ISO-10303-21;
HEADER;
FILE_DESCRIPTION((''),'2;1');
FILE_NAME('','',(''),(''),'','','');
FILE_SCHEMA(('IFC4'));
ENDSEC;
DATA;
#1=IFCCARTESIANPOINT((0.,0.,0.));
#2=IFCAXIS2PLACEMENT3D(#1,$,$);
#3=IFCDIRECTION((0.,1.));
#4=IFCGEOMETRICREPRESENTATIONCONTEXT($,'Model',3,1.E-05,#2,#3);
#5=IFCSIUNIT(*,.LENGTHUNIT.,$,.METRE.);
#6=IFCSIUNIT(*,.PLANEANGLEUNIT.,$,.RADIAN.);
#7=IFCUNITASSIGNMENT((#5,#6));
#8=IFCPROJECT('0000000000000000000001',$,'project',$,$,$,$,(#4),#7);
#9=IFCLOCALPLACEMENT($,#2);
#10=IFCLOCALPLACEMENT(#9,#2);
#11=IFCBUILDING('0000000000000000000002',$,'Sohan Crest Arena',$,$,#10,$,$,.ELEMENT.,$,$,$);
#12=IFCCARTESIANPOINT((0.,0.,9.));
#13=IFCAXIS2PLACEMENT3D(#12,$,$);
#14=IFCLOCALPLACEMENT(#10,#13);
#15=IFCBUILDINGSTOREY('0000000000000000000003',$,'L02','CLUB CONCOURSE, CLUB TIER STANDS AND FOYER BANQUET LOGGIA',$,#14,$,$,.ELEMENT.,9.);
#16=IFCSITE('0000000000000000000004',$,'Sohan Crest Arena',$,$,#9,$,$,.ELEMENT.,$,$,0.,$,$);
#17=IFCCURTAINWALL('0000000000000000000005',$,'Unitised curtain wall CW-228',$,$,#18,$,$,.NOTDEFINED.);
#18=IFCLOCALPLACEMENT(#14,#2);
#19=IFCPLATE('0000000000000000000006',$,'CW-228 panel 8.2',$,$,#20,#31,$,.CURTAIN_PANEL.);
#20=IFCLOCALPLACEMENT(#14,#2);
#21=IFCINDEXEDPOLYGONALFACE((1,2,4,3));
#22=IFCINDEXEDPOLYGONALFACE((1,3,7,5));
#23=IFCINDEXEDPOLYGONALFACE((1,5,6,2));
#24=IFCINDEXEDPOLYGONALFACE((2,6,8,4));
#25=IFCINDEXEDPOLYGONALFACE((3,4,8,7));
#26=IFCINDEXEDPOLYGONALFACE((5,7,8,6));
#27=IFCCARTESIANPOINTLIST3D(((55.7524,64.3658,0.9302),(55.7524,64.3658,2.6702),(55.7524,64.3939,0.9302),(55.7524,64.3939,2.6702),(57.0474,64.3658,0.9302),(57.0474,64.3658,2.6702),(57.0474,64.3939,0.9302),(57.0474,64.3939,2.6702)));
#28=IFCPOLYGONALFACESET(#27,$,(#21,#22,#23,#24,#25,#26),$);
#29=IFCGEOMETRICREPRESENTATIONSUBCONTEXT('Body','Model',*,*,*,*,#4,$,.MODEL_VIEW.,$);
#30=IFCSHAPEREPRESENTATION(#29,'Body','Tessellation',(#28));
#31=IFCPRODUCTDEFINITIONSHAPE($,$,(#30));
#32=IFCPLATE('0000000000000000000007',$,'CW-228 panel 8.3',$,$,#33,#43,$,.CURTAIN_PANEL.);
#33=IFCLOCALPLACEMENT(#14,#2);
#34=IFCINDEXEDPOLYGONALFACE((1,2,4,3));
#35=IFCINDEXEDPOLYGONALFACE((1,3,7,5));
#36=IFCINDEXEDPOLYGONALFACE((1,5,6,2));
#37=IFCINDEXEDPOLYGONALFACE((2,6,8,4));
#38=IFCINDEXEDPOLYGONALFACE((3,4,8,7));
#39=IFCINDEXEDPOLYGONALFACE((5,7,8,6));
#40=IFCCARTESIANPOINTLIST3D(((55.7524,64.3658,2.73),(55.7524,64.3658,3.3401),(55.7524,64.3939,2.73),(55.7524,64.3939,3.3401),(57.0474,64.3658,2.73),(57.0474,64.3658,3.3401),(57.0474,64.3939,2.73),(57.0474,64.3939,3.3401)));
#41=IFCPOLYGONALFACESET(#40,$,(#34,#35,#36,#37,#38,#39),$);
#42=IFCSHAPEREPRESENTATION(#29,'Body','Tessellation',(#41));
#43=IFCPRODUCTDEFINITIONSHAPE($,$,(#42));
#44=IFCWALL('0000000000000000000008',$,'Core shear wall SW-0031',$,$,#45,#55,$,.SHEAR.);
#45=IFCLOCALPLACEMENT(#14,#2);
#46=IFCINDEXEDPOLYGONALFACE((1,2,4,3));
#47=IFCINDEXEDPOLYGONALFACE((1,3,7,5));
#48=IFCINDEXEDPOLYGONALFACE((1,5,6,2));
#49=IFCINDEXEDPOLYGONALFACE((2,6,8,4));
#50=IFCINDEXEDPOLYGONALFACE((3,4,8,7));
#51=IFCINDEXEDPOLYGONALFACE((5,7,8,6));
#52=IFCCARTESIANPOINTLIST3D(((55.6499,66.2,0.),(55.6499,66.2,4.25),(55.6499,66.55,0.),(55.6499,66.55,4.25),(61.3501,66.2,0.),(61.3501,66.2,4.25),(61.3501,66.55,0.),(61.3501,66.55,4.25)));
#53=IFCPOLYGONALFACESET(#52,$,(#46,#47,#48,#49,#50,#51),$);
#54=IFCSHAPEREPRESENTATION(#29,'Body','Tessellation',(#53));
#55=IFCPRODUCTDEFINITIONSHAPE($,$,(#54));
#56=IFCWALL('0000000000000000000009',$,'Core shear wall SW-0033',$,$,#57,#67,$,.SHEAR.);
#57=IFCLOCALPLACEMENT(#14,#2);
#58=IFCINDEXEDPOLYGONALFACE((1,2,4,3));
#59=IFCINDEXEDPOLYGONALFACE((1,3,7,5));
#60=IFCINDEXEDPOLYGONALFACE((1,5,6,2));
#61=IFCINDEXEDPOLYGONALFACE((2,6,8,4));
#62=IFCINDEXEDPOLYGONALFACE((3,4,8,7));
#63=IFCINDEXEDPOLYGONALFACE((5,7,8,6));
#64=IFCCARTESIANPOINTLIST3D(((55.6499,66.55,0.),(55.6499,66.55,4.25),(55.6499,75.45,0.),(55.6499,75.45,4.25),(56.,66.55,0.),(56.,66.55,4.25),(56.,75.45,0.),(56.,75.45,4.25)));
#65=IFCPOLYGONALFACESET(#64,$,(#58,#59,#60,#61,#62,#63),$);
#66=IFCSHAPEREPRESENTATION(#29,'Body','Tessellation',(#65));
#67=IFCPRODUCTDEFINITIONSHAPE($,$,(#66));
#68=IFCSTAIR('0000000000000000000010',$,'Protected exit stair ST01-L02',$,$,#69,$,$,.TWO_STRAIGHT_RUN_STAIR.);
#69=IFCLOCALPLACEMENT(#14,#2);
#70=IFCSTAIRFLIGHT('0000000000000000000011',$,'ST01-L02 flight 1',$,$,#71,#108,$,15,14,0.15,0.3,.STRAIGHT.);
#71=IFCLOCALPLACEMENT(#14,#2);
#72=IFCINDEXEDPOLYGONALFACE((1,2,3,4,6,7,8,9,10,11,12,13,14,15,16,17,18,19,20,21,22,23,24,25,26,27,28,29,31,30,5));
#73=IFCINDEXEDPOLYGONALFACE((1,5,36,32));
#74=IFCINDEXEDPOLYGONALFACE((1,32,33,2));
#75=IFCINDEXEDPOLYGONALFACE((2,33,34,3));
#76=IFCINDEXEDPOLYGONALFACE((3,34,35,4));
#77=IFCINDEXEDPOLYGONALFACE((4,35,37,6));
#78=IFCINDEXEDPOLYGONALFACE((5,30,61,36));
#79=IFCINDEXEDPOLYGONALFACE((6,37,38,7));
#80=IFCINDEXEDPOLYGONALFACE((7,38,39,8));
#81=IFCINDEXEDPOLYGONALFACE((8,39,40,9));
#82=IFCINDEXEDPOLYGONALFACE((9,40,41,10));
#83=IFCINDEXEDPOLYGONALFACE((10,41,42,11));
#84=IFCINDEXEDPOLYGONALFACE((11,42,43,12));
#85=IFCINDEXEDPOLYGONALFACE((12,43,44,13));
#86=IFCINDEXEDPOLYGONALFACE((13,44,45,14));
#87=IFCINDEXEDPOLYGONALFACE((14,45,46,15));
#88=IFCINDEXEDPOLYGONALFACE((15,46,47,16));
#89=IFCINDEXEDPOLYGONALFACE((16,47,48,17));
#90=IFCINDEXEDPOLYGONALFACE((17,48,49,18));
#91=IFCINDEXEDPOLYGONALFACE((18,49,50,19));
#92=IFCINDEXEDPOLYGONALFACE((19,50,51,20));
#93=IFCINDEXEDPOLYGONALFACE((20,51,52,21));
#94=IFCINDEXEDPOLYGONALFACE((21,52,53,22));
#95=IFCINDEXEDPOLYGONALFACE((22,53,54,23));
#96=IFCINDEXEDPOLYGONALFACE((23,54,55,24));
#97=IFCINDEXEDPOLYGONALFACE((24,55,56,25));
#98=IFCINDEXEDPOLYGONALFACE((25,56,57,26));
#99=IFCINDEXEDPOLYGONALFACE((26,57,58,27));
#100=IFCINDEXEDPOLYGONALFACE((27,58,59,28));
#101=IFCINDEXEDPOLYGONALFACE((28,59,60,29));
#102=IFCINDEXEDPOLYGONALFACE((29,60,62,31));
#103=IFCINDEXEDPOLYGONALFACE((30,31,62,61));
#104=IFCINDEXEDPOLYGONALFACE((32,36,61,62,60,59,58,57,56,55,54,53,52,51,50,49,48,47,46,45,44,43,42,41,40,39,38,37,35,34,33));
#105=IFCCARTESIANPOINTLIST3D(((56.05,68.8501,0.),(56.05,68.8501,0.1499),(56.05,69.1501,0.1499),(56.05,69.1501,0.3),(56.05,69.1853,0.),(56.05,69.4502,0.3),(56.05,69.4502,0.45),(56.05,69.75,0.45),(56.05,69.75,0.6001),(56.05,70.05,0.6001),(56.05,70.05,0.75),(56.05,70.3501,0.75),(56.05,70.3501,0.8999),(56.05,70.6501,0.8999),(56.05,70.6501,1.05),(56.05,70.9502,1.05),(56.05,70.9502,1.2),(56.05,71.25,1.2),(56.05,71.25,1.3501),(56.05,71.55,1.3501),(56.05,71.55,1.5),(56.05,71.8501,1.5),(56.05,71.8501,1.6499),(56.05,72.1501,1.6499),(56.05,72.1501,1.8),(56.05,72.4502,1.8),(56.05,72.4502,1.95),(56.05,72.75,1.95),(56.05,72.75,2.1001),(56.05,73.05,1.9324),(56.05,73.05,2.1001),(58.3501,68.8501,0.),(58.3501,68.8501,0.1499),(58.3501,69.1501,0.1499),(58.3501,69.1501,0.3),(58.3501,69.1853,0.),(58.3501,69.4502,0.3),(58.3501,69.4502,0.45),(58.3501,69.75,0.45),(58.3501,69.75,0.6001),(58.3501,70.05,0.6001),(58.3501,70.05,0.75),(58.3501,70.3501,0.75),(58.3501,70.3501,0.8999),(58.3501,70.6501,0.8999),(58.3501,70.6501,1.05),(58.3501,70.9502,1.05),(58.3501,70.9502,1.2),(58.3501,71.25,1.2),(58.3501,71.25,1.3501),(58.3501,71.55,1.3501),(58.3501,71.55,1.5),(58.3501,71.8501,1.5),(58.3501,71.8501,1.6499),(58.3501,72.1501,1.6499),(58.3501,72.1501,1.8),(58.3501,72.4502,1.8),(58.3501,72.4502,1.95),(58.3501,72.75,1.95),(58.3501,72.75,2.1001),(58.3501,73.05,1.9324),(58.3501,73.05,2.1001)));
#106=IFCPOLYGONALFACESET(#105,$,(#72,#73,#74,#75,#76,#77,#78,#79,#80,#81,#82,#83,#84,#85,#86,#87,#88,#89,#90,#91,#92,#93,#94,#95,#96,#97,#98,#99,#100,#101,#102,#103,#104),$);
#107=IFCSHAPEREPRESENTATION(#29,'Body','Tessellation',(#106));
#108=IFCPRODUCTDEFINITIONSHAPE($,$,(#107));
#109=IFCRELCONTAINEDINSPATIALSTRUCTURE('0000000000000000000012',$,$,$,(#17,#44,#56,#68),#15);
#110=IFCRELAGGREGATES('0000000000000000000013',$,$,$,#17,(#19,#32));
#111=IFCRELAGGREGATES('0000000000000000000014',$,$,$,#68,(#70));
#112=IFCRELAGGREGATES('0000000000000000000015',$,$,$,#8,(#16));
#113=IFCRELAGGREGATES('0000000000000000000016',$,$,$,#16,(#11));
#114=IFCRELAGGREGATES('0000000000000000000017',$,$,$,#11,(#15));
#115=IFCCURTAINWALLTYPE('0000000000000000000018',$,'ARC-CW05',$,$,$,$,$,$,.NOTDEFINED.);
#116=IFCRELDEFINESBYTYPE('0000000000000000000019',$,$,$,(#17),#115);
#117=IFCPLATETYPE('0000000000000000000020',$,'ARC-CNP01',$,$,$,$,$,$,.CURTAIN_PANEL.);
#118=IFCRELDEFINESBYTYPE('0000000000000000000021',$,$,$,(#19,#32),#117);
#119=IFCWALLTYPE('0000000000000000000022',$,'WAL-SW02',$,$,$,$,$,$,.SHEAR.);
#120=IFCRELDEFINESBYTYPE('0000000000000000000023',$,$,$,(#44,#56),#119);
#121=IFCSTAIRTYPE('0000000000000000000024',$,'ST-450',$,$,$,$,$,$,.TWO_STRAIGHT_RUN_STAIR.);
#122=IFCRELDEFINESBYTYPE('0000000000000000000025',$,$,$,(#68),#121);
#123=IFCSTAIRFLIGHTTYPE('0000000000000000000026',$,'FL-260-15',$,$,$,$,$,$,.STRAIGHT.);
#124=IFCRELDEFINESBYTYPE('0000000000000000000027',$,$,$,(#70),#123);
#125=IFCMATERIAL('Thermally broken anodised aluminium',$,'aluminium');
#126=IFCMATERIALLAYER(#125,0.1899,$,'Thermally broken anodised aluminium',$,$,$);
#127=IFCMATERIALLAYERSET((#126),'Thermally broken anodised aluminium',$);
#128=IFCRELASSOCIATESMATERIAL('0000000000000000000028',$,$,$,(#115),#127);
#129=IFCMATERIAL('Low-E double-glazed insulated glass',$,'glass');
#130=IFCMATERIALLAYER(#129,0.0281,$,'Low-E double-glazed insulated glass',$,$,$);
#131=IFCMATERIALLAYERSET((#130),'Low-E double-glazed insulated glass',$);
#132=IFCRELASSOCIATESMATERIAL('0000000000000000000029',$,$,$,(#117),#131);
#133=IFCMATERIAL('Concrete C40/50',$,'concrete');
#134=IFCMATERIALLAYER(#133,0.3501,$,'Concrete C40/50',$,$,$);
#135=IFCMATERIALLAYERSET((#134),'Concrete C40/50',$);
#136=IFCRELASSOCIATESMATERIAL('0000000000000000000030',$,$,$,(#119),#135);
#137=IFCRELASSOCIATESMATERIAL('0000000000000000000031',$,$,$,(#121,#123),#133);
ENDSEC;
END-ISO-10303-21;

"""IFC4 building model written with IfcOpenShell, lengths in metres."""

from ifc_helpers import new_model, si_unit, direction, frame, frame_2d, origin, origin_2d, place, context, subcontext, project, spatial, polyline, rectangle, outline, extrude, material, layer, layer_set, type_object, element, aggregate, save


model = new_model("IFC4")

# Units and contexts
model_context = context("Model", 3, precision=1e-05, world=origin(), true_north=direction((0.0, 1.0)))
body_context = subcontext(model_context, "Body", "Model", "MODEL_VIEW")
ifc_project = project(units=[si_unit("LENGTHUNIT", "METRE"), si_unit("PLANEANGLEUNIT", "RADIAN")], contexts=[model_context])

# Site, building, storey
site_placement = place(None, origin())
site = spatial("IfcSite", under=ifc_project, at=site_placement, Name="Sohan Crest Arena", CompositionType="ELEMENT", RefElevation=0.0)
building_placement = place(site_placement, origin())
building = spatial("IfcBuilding", under=site, at=building_placement, Name="Sohan Crest Arena", CompositionType="ELEMENT")
storey_placement = place(building_placement, frame((0.0, 0.0, 9.0)))
storey = spatial("IfcBuildingStorey", under=building, at=storey_placement, Name="L02", Description="CLUB CONCOURSE, CLUB TIER STANDS AND FOYER BANQUET LOGGIA", CompositionType="ELEMENT", Elevation=9.0)

# Curtain wall
ifc_material_1 = material(Name="Thermally broken anodised aluminium", Category="aluminium")
ifc_layer_1 = layer(ifc_material_1, 0.1899, Name="Thermally broken anodised aluminium")
ifc_layer_set_1 = layer_set([ifc_layer_1], Name="Thermally broken anodised aluminium")
curtain_wall_type = type_object("IfcCurtainWallType", Name="ARC-CW05", PredefinedType="NOTDEFINED", material=ifc_layer_set_1)
curtain_wall_placement = place(storey_placement, origin())
curtain_wall = element("IfcCurtainWall", 1, at=curtain_wall_placement, inside=storey, type_object=curtain_wall_type, Name="Unitised curtain wall CW-228", PredefinedType="NOTDEFINED")

# Plates
ifc_material_2 = material(Name="Low-E double-glazed insulated glass", Category="glass")
ifc_layer_2 = layer(ifc_material_2, 0.0281, Name="Low-E double-glazed insulated glass")
ifc_layer_set_2 = layer_set([ifc_layer_2], Name="Low-E double-glazed insulated glass")
plate_type = type_object("IfcPlateType", Name="ARC-CNP01", PredefinedType="CURTAIN_PANEL", material=ifc_layer_set_2)
plate_1_placement = place(storey_placement, frame((56.3999, 64.3799, 0.9302), z_axis=(0.0, 0.0, 1.0), x_axis=(1.0, 0.0, 0.0)))
plate_1 = element("IfcPlate", 2, at=plate_1_placement, type_object=plate_type, Name="CW-228 panel 8.2", PredefinedType="CURTAIN_PANEL", context=body_context, shape_type="SweptSolid", body=[
    extrude(rectangle(XDim=1.2949, YDim=0.0281, at=origin_2d()), origin(), (0.0, 0.0, 1.0), 1.74),
])
plate_2_placement = place(storey_placement, frame((56.3999, 64.3799, 2.73), z_axis=(0.0, 0.0, 1.0), x_axis=(1.0, 0.0, 0.0)))
plate_2 = element("IfcPlate", 3, at=plate_2_placement, type_object=plate_type, Name="CW-228 panel 8.3", PredefinedType="CURTAIN_PANEL", context=body_context, shape_type="SweptSolid", body=[
    extrude(rectangle(XDim=1.2949, YDim=0.0281, at=origin_2d()), origin(), (0.0, 0.0, 1.0), 0.6101),
])
aggregate(curtain_wall, [plate_1, plate_2])

# Walls
ifc_material_3 = material(Name="Concrete C40/50", Category="concrete")
ifc_layer_3 = layer(ifc_material_3, 0.3501, Name="Concrete C40/50")
ifc_layer_set_3 = layer_set([ifc_layer_3], Name="Concrete C40/50")
wall_type = type_object("IfcWallType", Name="WAL-SW02", PredefinedType="SHEAR", material=ifc_layer_set_3)
wall_1_placement = place(storey_placement, frame((55.6499, 66.375, 0.0), z_axis=(0.0, 0.0, 1.0), x_axis=(1.0, 0.0, 0.0)))
element("IfcWall", 4, at=wall_1_placement, inside=storey, type_object=wall_type, Name="Core shear wall SW-0031", PredefinedType="SHEAR", context=body_context, shape_type="SweptSolid", body=[
    extrude(rectangle(XDim=5.7002, YDim=0.3501, at=frame_2d((2.8501, 0.0))), origin(), (0.0, 0.0, 1.0), 4.25),
])
wall_2_placement = place(storey_placement, frame((55.825, 66.55, 0.0), z_axis=(0.0, 0.0, 1.0), x_axis=(0.0, 1.0, 0.0)))
element("IfcWall", 5, at=wall_2_placement, inside=storey, type_object=wall_type, Name="Core shear wall SW-0033", PredefinedType="SHEAR", context=body_context, shape_type="SweptSolid", body=[
    extrude(rectangle(XDim=8.8999, YDim=0.3501, at=frame_2d((4.45, 0.0))), origin(), (0.0, 0.0, 1.0), 4.25),
])

# Stair, stair flight
stair_type = type_object("IfcStairType", Name="ST-450", PredefinedType="TWO_STRAIGHT_RUN_STAIR", material=ifc_material_3)
stair_placement = place(storey_placement, origin())
stair = element("IfcStair", 6, at=stair_placement, inside=storey, type_object=stair_type, Name="Protected exit stair ST01-L02", PredefinedType="TWO_STRAIGHT_RUN_STAIR")
stair_flight_type = type_object("IfcStairFlightType", Name="FL-260-15", PredefinedType="STRAIGHT", material=ifc_material_3)
stair_flight_placement = place(storey_placement, frame((57.2, 68.8501, 0.0), z_axis=(0.0, 0.0, 1.0), x_axis=(0.0, 1.0, 0.0)))
stair_flight = element("IfcStairFlight", 7, at=stair_flight_placement, type_object=stair_flight_type, Name="ST01-L02 flight 1", NumberOfRisers=15, NumberOfTreads=14, PredefinedType="STRAIGHT", RiserHeight=0.15, TreadLength=0.3, context=body_context, shape_type="SweptSolid", body=[
    extrude(outline(polyline([(0.0, 0.0), (0.0, 0.1499), (0.3, 0.1499), (0.3, 0.3), (0.6001, 0.3), (0.6001, 0.45), (0.8999, 0.45), (0.8999, 0.6001), (1.2, 0.6001), (1.2, 0.75), (1.5, 0.75), (1.5, 0.8999), (1.8, 0.8999), (1.8, 1.05), (2.1001, 1.05), (2.1001, 1.2), (2.3999, 1.2), (2.3999, 1.3501), (2.7, 1.3501), (2.7, 1.5), (3.0, 1.5), (3.0, 1.6499), (3.3, 1.6499), (3.3, 1.8), (3.6001, 1.8), (3.6001, 1.95), (3.8999, 1.95), (3.8999, 2.1001), (4.2, 2.1001), (4.2, 2.25), (4.2, 1.9324), (0.3352, 0.0), (0.0, 0.0)])), frame((0.0, 1.1499, 0.0), z_axis=(0.0, -1.0, 0.0), x_axis=(1.0, 0.0, 0.0)), (0.0, 0.0, 1.0), 2.3),
])
aggregate(stair, [stair_flight])

save(model, "model.ifc")
